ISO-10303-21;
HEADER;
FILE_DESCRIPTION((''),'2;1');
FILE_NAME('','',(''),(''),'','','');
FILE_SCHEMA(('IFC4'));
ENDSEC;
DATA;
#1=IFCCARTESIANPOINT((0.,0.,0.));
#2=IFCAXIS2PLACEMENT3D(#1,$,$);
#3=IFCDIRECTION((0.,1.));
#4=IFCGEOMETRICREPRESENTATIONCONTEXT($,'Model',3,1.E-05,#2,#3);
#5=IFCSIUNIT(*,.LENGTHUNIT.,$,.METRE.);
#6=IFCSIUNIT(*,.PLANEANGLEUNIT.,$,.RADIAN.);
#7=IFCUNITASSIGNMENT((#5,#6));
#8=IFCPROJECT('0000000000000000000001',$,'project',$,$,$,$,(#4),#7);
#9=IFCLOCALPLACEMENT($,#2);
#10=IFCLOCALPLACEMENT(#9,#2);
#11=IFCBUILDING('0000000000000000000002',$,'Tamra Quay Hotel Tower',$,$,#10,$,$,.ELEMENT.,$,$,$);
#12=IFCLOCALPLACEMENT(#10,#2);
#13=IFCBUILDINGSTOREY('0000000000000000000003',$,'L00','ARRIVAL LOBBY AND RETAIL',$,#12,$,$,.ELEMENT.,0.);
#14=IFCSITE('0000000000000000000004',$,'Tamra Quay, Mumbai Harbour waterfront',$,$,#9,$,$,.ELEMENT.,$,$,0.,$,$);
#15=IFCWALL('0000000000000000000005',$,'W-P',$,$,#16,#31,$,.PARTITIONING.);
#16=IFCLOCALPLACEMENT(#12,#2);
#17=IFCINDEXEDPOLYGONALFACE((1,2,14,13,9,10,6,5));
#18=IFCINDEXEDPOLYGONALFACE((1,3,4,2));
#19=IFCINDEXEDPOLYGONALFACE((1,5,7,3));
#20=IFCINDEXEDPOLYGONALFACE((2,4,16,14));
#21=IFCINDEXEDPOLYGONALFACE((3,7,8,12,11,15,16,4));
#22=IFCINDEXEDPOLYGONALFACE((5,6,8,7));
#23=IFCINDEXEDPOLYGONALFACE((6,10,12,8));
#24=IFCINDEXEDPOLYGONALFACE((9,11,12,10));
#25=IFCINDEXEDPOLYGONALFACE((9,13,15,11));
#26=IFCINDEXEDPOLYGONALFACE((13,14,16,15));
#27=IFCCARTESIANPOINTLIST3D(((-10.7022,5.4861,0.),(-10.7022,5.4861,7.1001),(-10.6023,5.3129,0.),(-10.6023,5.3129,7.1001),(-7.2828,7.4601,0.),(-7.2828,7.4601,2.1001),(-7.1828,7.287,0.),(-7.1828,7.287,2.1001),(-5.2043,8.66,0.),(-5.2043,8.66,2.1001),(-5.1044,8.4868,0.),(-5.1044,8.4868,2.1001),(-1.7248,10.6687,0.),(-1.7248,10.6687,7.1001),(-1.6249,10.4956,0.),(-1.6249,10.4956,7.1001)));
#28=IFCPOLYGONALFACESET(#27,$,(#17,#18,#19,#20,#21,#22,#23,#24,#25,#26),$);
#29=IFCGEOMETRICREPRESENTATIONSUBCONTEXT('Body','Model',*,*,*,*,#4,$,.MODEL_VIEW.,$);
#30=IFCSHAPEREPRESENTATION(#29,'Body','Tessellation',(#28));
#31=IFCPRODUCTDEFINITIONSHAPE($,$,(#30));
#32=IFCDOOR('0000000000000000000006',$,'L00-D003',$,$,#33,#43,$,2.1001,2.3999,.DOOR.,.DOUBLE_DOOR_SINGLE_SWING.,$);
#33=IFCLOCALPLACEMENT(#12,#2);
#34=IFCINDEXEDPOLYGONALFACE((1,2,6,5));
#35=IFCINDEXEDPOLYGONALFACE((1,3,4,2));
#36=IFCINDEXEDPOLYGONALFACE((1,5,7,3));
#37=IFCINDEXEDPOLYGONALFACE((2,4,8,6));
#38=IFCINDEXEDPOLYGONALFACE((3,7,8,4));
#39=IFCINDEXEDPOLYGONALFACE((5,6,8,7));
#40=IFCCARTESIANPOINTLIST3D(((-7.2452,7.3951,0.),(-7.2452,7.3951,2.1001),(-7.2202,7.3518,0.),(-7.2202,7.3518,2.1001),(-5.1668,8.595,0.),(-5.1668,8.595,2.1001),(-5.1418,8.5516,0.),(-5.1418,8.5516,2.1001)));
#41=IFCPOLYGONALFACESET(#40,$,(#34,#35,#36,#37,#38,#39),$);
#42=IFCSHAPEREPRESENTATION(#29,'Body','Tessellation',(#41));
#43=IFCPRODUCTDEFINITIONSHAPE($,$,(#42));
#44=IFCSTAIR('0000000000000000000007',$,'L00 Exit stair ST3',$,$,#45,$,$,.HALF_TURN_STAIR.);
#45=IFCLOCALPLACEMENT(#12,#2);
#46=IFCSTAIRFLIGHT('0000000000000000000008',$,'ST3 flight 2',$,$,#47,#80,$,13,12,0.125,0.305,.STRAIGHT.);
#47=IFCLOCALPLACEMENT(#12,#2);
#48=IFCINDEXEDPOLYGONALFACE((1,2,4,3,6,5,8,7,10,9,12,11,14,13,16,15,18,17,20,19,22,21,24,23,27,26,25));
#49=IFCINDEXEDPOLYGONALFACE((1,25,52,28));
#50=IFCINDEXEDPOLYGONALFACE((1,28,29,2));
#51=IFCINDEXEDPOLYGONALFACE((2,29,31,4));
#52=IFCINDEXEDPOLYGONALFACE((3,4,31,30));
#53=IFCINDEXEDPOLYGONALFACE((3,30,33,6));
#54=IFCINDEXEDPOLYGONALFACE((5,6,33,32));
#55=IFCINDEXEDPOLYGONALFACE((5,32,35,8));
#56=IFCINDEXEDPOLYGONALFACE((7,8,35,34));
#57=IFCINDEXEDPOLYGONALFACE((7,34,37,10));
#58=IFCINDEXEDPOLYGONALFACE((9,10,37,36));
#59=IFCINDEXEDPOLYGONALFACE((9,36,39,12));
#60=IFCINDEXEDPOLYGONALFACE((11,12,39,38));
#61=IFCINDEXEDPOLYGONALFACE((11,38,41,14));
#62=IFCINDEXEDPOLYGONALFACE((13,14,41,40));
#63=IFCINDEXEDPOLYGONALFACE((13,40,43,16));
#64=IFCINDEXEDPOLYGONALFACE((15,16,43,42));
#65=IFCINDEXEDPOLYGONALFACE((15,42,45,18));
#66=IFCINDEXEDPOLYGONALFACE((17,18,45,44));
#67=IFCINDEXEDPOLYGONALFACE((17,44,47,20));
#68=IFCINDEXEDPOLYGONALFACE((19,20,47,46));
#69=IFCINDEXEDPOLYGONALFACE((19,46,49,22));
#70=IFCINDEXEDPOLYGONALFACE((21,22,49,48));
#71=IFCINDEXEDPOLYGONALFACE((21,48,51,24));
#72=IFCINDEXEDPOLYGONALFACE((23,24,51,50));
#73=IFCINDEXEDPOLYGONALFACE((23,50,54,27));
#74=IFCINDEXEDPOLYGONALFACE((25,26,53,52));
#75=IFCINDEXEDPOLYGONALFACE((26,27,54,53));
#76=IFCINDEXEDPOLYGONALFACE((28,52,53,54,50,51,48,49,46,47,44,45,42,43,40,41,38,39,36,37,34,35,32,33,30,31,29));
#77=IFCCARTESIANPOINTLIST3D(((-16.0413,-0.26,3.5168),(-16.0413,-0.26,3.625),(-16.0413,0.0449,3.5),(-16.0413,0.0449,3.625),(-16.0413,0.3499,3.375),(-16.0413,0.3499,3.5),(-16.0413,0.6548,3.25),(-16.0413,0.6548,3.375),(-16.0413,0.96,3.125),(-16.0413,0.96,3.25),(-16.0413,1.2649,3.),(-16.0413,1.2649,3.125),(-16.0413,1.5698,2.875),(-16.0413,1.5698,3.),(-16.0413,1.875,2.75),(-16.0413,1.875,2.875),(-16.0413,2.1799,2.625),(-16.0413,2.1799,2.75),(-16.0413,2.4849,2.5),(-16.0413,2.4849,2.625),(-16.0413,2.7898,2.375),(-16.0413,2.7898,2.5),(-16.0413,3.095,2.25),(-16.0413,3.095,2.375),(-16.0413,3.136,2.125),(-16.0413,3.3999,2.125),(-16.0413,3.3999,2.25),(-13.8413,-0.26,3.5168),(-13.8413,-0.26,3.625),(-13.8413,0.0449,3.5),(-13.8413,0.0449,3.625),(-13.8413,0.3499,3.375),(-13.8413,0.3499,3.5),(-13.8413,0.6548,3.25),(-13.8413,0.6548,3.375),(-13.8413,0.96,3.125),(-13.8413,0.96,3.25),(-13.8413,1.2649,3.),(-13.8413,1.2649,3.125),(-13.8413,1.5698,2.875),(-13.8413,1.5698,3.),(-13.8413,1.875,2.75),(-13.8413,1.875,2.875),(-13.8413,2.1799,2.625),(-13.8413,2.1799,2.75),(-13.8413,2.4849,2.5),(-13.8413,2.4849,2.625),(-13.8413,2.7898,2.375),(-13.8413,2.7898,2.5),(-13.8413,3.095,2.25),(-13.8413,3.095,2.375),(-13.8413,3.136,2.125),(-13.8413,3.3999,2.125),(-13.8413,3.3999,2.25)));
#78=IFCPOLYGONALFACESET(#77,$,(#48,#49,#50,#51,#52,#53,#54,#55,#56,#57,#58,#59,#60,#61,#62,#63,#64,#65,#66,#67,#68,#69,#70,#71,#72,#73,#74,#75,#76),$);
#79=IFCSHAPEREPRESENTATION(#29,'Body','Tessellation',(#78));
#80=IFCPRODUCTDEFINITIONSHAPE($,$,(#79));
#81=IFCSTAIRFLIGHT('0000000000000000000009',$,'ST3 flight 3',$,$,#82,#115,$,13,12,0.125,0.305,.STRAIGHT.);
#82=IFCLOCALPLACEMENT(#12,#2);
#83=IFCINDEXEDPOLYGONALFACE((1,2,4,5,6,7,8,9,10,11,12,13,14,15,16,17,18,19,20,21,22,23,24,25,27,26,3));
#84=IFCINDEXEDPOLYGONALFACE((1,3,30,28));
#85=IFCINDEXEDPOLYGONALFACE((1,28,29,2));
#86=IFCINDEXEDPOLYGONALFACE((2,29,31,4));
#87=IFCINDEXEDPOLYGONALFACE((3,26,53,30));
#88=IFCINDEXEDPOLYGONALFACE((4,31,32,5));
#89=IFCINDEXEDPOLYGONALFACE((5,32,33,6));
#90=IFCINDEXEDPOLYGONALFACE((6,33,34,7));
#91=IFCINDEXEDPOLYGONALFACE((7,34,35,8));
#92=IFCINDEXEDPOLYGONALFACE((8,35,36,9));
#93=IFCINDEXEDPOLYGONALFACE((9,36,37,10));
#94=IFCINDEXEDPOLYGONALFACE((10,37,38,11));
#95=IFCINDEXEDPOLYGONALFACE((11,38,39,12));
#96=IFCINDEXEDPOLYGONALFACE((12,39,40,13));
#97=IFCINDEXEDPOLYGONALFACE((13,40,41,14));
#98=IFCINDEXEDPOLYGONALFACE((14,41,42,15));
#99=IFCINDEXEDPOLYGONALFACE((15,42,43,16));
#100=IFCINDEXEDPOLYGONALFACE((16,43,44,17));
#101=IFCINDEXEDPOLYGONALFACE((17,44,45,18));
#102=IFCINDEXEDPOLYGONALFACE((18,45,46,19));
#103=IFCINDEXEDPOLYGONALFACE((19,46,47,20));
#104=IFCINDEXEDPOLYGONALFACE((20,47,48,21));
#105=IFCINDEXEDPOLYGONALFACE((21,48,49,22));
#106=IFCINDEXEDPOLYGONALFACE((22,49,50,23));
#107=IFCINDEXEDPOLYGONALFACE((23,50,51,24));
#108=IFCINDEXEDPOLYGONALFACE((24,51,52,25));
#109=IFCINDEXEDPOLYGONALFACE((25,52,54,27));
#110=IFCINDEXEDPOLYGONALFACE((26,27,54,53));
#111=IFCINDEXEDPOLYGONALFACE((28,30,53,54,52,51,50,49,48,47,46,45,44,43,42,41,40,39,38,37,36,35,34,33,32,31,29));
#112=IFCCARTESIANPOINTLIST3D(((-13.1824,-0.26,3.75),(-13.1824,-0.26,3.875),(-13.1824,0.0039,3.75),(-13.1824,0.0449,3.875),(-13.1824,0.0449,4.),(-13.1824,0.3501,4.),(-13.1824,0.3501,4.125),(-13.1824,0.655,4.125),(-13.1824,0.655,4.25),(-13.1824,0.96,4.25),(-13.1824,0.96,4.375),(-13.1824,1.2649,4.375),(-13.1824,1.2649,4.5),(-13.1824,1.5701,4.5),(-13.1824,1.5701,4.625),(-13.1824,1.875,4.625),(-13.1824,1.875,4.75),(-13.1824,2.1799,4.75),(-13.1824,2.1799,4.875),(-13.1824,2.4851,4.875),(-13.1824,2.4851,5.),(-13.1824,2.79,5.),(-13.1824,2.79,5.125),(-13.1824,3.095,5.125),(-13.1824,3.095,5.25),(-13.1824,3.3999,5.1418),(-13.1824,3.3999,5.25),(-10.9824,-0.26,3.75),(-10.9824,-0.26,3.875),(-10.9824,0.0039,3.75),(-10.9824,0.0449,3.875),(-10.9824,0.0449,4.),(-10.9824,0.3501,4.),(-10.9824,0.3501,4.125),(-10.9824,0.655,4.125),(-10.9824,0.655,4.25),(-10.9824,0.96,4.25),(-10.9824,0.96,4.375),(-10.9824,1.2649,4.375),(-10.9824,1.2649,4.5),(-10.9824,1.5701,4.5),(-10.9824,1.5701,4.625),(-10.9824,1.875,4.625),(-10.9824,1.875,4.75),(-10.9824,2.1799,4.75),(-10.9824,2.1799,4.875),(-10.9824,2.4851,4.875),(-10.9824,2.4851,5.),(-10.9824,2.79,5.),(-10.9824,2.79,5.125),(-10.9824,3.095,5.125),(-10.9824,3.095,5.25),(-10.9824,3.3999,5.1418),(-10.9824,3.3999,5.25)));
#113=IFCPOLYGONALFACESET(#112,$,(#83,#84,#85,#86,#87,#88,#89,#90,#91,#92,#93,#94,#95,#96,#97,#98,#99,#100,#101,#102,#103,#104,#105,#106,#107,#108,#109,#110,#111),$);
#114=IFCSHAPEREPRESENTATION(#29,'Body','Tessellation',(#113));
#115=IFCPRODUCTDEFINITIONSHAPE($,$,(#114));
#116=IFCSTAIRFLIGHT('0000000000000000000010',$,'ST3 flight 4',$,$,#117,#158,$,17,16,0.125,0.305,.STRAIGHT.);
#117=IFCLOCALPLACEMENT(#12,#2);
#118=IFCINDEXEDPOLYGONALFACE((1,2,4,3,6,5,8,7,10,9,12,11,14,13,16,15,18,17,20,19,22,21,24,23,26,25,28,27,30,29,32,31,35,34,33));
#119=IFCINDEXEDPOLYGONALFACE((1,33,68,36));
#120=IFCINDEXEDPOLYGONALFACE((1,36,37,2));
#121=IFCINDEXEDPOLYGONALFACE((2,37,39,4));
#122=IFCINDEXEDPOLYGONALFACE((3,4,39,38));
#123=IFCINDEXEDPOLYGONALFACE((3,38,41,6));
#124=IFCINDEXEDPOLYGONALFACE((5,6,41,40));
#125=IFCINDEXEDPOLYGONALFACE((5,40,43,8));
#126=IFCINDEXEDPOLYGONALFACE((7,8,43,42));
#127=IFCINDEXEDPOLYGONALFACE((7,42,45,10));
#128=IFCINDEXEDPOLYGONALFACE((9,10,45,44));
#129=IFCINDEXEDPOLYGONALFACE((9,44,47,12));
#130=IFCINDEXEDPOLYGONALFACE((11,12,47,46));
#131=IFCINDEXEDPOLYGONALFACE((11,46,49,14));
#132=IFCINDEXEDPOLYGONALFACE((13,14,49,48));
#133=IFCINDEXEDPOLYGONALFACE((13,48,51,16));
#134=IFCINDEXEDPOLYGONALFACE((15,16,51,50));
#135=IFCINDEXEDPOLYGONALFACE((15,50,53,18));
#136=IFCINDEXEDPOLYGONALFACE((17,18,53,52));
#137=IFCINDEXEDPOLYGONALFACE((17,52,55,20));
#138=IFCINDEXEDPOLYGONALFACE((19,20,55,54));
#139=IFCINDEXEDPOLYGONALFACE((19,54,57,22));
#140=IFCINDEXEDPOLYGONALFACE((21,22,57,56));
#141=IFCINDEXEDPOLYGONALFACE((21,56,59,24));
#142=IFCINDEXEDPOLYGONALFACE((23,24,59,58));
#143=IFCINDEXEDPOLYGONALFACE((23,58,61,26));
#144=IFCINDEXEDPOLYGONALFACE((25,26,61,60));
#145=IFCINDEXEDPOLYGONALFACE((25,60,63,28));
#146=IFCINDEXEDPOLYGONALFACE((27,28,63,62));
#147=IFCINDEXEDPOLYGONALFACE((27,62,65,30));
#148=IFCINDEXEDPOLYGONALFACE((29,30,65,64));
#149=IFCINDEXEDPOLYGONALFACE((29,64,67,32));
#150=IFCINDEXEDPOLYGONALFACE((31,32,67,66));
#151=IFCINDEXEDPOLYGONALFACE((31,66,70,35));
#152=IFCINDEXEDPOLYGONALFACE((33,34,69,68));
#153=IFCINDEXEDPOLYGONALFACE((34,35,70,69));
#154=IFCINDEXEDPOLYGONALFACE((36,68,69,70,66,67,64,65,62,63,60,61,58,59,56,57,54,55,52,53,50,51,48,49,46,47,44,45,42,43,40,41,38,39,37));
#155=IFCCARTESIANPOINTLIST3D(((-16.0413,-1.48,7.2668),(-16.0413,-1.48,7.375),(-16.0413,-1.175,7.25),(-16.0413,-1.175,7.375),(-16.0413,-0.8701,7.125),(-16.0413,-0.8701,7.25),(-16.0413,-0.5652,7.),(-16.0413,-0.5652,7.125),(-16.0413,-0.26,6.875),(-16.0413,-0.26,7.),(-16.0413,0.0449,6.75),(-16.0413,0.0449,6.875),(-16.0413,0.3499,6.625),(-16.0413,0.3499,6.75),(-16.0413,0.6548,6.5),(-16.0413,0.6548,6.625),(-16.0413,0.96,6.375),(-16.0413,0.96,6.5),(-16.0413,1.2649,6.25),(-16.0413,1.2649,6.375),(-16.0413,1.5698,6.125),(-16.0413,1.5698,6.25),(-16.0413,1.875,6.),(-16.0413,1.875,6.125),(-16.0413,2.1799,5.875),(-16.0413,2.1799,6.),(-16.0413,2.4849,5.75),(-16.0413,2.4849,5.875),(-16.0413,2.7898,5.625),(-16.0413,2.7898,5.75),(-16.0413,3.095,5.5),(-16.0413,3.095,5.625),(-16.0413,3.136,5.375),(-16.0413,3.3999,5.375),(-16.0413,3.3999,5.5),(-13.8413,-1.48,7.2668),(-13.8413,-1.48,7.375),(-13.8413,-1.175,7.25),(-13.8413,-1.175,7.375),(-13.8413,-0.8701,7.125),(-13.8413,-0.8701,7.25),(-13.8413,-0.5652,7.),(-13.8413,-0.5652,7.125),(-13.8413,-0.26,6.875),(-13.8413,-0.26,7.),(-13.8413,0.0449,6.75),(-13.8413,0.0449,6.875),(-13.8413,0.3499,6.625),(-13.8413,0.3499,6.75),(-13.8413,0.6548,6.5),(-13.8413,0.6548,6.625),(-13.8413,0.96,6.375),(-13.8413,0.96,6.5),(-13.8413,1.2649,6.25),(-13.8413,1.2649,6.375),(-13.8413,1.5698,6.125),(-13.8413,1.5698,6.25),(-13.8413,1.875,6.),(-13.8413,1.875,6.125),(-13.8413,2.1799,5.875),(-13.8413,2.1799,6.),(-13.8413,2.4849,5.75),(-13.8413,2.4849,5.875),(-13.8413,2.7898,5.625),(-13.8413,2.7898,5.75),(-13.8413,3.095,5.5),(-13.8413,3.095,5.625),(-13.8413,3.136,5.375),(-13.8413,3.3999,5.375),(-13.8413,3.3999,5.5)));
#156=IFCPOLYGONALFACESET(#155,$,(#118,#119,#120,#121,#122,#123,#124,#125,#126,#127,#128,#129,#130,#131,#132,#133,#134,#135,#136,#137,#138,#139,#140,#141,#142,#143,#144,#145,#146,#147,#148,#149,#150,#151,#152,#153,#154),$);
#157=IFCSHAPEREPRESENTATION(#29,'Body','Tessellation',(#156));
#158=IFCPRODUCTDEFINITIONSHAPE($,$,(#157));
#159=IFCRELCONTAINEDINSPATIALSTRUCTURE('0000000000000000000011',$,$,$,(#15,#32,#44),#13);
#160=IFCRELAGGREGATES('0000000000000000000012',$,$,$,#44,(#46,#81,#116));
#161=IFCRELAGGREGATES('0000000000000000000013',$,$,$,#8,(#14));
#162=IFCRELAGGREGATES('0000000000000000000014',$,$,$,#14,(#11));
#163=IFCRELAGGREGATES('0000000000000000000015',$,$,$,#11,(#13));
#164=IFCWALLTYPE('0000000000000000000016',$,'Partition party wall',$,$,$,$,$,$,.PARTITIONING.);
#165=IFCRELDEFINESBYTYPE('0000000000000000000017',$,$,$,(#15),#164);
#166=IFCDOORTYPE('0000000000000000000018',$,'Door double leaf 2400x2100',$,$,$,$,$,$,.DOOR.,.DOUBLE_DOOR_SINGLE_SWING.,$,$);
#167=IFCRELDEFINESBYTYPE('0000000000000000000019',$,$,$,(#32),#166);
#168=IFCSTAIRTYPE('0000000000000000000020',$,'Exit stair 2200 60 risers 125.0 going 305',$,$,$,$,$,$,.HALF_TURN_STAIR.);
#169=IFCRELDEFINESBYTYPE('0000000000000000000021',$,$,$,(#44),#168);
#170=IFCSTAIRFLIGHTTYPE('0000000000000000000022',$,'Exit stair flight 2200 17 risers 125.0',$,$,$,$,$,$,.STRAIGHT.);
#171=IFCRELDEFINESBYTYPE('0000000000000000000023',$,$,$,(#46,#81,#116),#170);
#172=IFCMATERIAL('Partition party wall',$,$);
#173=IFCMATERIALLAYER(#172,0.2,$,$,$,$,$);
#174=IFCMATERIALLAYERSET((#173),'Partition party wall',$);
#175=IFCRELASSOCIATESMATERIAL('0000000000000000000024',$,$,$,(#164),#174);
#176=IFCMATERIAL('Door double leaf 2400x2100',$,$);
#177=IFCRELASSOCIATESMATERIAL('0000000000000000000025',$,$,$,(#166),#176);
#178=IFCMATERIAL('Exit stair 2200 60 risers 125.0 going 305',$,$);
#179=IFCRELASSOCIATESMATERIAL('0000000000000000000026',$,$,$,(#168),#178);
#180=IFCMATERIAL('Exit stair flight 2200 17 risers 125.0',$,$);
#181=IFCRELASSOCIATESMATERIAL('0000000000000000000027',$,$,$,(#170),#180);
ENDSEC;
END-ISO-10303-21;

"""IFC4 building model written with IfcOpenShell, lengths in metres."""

from ifc_helpers import new_model, si_unit, direction, frame, frame_2d, origin, place, context, subcontext, project, spatial, polyline, rectangle, outline, extrude, material, layer, layer_set, type_object, element, fill, aggregate, save


model = new_model("IFC4")

# Units and contexts
model_context = context("Model", 3, precision=1e-05, world=origin(), true_north=direction((0.0, 1.0)))
body_context = subcontext(model_context, "Body", "Model", "MODEL_VIEW")
ifc_project = project(units=[si_unit("LENGTHUNIT", "METRE"), si_unit("PLANEANGLEUNIT", "RADIAN")], contexts=[model_context])

# Site, building, storey
site_placement = place(None, origin())
site = spatial("IfcSite", under=ifc_project, at=site_placement, Name="Tamra Quay, Mumbai Harbour waterfront", CompositionType="ELEMENT", RefElevation=0.0)
building_placement = place(site_placement, origin())
building = spatial("IfcBuilding", under=site, at=building_placement, Name="Tamra Quay Hotel Tower", CompositionType="ELEMENT")
storey_placement = place(building_placement, origin())
storey = spatial("IfcBuildingStorey", under=building, at=storey_placement, Name="L00", Description="ARRIVAL LOBBY AND RETAIL", CompositionType="ELEMENT", Elevation=0.0)

# Wall, opening, door
ifc_material_1 = material(Name="Partition party wall")
ifc_layer_1 = layer(ifc_material_1, 0.2)
ifc_layer_set_1 = layer_set([ifc_layer_1], Name="Partition party wall")
wall_type_1 = type_object("IfcWallType", Name="Partition party wall", PredefinedType="PARTITIONING", material=ifc_layer_set_1)
wall_1_placement = place(storey_placement, frame((-10.6523, 5.3994, 0.0), z_axis=(0.0, 0.0, 1.0), x_axis=(0.866043, 0.499969, 0.0)))
wall_1 = element("IfcWall", 1, at=wall_1_placement, inside=storey, type_object=wall_type_1, Name="W-P", PredefinedType="PARTITIONING", context=body_context, shape_type="SweptSolid", body=[
    extrude(rectangle(XDim=10.366, YDim=0.2, at=frame_2d((5.1831, 0.0))), origin(), (0.0, 0.0, 1.0), 7.1001),
])
opening_1_placement = place(wall_1_placement, frame((3.9485, 0.0, 0.0)))
opening_1 = element("IfcOpeningElement", 2, at=opening_1_placement, cuts=wall_1, PredefinedType="OPENING", context=body_context, shape_type="SweptSolid", body=[
    extrude(rectangle(XDim=2.3999, YDim=2.1001, at=frame_2d((1.2, 1.05))), frame((0.0, 0.1099, 0.0), z_axis=(0.0, -1.0, 0.0), x_axis=(1.0, 0.0, 0.0)), (0.0, 0.0, 1.0), 0.22),
])
ifc_material_2 = material(Name="Door double leaf 2400x2100")
door_type_1 = type_object("IfcDoorType", Name="Door double leaf 2400x2100", OperationType="DOUBLE_DOOR_SINGLE_SWING", PredefinedType="DOOR", material=ifc_material_2)
door_1_placement = place(opening_1_placement, origin())
door_1 = element("IfcDoor", 3, at=door_1_placement, inside=storey, type_object=door_type_1, Name="L00-D003", OperationType="DOUBLE_DOOR_SINGLE_SWING", OverallHeight=2.1001, OverallWidth=2.3999, PredefinedType="DOOR", context=body_context, shape_type="SweptSolid", body=[
    extrude(rectangle(XDim=2.3999, YDim=2.1001, at=frame_2d((1.2, 1.05))), frame((0.0, 0.0249, 0.0), z_axis=(0.0, -1.0, 0.0), x_axis=(1.0, 0.0, 0.0)), (0.0, 0.0, 1.0), 0.05),
])
fill(opening_1, door_1)

# Stair, stair flights
ifc_material_3 = material(Name="Exit stair 2200 60 risers 125.0 going 305")
stair_type = type_object("IfcStairType", Name="Exit stair 2200 60 risers 125.0 going 305", PredefinedType="HALF_TURN_STAIR", material=ifc_material_3)
stair_placement = place(storey_placement, origin())
stair = element("IfcStair", 4, at=stair_placement, inside=storey, type_object=stair_type, Name="L00 Exit stair ST3", PredefinedType="HALF_TURN_STAIR")
ifc_material_4 = material(Name="Exit stair flight 2200 17 risers 125.0")
stair_flight_type = type_object("IfcStairFlightType", Name="Exit stair flight 2200 17 risers 125.0", PredefinedType="STRAIGHT", material=ifc_material_4)
stair_flight_1_placement = place(storey_placement, frame((-14.9414, 3.3999, 2.125), z_axis=(0.0, 0.0, 1.0), x_axis=(0.0, -1.0, 0.0)))
stair_flight_1 = element("IfcStairFlight", 5, at=stair_flight_1_placement, type_object=stair_flight_type, Name="ST3 flight 2", NumberOfRisers=13, NumberOfTreads=12, PredefinedType="STRAIGHT", RiserHeight=0.125, TreadLength=0.305, context=body_context, shape_type="SweptSolid", body=[
    extrude(outline(polyline([(0.0, 0.0), (0.0, 0.125), (0.3049, 0.125), (0.3049, 0.25), (0.6101, 0.25), (0.6101, 0.375), (0.915, 0.375), (0.915, 0.5), (1.22, 0.5), (1.22, 0.625), (1.5249, 0.625), (1.5249, 0.75), (1.8301, 0.75), (1.8301, 0.875), (2.135, 0.875), (2.135, 1.0), (2.4399, 1.0), (2.4399, 1.125), (2.7451, 1.125), (2.7451, 1.25), (3.05, 1.25), (3.05, 1.375), (3.355, 1.375), (3.355, 1.5), (3.6599, 1.5), (3.6599, 1.625), (3.6599, 1.3918), (0.2639, 0.0), (0.0, 0.0)])), frame((0.0, 1.1001, 0.0), z_axis=(0.0, -1.0, 0.0), x_axis=(1.0, 0.0, 0.0)), (0.0, 0.0, 1.0), 2.2),
])
stair_flight_2_placement = place(storey_placement, frame((-12.0823, -0.26, 3.75), z_axis=(0.0, 0.0, 1.0), x_axis=(0.0, 1.0, 0.0)))
stair_flight_2 = element("IfcStairFlight", 6, at=stair_flight_2_placement, type_object=stair_flight_type, Name="ST3 flight 3", NumberOfRisers=13, NumberOfTreads=12, PredefinedType="STRAIGHT", RiserHeight=0.125, TreadLength=0.305, context=body_context, shape_type="SweptSolid", body=[
    extrude(outline(polyline([(0.0, 0.0), (0.0, 0.125), (0.3049, 0.125), (0.3049, 0.25), (0.6101, 0.25), (0.6101, 0.375), (0.915, 0.375), (0.915, 0.5), (1.22, 0.5), (1.22, 0.625), (1.5249, 0.625), (1.5249, 0.75), (1.8301, 0.75), (1.8301, 0.875), (2.135, 0.875), (2.135, 1.0), (2.4399, 1.0), (2.4399, 1.125), (2.7451, 1.125), (2.7451, 1.25), (3.05, 1.25), (3.05, 1.375), (3.355, 1.375), (3.355, 1.5), (3.6599, 1.5), (3.6599, 1.625), (3.6599, 1.3918), (0.2639, 0.0), (0.0, 0.0)])), frame((0.0, 1.1001, 0.0), z_axis=(0.0, -1.0, 0.0), x_axis=(1.0, 0.0, 0.0)), (0.0, 0.0, 1.0), 2.2),
])
stair_flight_3_placement = place(storey_placement, frame((-14.9414, 3.3999, 5.375), z_axis=(0.0, 0.0, 1.0), x_axis=(0.0, -1.0, 0.0)))
stair_flight_3 = element("IfcStairFlight", 7, at=stair_flight_3_placement, type_object=stair_flight_type, Name="ST3 flight 4", NumberOfRisers=17, NumberOfTreads=16, PredefinedType="STRAIGHT", RiserHeight=0.125, TreadLength=0.305, context=body_context, shape_type="SweptSolid", body=[
    extrude(outline(polyline([(0.0, 0.0), (0.0, 0.125), (0.3049, 0.125), (0.3049, 0.25), (0.6101, 0.25), (0.6101, 0.375), (0.915, 0.375), (0.915, 0.5), (1.22, 0.5), (1.22, 0.625), (1.5249, 0.625), (1.5249, 0.75), (1.8301, 0.75), (1.8301, 0.875), (2.135, 0.875), (2.135, 1.0), (2.4399, 1.0), (2.4399, 1.125), (2.7451, 1.125), (2.7451, 1.25), (3.05, 1.25), (3.05, 1.375), (3.355, 1.375), (3.355, 1.5), (3.6599, 1.5), (3.6599, 1.625), (3.9651, 1.625), (3.9651, 1.75), (4.27, 1.75), (4.27, 1.875), (4.575, 1.875), (4.575, 2.0), (4.8799, 2.0), (4.8799, 2.125), (4.8799, 1.8918), (0.2639, 0.0), (0.0, 0.0)])), frame((0.0, 1.1001, 0.0), z_axis=(0.0, -1.0, 0.0), x_axis=(1.0, 0.0, 0.0)), (0.0, 0.0, 1.0), 2.2),
])
aggregate(stair, [stair_flight_1, stair_flight_2, stair_flight_3])

save(model, "model.ifc")
